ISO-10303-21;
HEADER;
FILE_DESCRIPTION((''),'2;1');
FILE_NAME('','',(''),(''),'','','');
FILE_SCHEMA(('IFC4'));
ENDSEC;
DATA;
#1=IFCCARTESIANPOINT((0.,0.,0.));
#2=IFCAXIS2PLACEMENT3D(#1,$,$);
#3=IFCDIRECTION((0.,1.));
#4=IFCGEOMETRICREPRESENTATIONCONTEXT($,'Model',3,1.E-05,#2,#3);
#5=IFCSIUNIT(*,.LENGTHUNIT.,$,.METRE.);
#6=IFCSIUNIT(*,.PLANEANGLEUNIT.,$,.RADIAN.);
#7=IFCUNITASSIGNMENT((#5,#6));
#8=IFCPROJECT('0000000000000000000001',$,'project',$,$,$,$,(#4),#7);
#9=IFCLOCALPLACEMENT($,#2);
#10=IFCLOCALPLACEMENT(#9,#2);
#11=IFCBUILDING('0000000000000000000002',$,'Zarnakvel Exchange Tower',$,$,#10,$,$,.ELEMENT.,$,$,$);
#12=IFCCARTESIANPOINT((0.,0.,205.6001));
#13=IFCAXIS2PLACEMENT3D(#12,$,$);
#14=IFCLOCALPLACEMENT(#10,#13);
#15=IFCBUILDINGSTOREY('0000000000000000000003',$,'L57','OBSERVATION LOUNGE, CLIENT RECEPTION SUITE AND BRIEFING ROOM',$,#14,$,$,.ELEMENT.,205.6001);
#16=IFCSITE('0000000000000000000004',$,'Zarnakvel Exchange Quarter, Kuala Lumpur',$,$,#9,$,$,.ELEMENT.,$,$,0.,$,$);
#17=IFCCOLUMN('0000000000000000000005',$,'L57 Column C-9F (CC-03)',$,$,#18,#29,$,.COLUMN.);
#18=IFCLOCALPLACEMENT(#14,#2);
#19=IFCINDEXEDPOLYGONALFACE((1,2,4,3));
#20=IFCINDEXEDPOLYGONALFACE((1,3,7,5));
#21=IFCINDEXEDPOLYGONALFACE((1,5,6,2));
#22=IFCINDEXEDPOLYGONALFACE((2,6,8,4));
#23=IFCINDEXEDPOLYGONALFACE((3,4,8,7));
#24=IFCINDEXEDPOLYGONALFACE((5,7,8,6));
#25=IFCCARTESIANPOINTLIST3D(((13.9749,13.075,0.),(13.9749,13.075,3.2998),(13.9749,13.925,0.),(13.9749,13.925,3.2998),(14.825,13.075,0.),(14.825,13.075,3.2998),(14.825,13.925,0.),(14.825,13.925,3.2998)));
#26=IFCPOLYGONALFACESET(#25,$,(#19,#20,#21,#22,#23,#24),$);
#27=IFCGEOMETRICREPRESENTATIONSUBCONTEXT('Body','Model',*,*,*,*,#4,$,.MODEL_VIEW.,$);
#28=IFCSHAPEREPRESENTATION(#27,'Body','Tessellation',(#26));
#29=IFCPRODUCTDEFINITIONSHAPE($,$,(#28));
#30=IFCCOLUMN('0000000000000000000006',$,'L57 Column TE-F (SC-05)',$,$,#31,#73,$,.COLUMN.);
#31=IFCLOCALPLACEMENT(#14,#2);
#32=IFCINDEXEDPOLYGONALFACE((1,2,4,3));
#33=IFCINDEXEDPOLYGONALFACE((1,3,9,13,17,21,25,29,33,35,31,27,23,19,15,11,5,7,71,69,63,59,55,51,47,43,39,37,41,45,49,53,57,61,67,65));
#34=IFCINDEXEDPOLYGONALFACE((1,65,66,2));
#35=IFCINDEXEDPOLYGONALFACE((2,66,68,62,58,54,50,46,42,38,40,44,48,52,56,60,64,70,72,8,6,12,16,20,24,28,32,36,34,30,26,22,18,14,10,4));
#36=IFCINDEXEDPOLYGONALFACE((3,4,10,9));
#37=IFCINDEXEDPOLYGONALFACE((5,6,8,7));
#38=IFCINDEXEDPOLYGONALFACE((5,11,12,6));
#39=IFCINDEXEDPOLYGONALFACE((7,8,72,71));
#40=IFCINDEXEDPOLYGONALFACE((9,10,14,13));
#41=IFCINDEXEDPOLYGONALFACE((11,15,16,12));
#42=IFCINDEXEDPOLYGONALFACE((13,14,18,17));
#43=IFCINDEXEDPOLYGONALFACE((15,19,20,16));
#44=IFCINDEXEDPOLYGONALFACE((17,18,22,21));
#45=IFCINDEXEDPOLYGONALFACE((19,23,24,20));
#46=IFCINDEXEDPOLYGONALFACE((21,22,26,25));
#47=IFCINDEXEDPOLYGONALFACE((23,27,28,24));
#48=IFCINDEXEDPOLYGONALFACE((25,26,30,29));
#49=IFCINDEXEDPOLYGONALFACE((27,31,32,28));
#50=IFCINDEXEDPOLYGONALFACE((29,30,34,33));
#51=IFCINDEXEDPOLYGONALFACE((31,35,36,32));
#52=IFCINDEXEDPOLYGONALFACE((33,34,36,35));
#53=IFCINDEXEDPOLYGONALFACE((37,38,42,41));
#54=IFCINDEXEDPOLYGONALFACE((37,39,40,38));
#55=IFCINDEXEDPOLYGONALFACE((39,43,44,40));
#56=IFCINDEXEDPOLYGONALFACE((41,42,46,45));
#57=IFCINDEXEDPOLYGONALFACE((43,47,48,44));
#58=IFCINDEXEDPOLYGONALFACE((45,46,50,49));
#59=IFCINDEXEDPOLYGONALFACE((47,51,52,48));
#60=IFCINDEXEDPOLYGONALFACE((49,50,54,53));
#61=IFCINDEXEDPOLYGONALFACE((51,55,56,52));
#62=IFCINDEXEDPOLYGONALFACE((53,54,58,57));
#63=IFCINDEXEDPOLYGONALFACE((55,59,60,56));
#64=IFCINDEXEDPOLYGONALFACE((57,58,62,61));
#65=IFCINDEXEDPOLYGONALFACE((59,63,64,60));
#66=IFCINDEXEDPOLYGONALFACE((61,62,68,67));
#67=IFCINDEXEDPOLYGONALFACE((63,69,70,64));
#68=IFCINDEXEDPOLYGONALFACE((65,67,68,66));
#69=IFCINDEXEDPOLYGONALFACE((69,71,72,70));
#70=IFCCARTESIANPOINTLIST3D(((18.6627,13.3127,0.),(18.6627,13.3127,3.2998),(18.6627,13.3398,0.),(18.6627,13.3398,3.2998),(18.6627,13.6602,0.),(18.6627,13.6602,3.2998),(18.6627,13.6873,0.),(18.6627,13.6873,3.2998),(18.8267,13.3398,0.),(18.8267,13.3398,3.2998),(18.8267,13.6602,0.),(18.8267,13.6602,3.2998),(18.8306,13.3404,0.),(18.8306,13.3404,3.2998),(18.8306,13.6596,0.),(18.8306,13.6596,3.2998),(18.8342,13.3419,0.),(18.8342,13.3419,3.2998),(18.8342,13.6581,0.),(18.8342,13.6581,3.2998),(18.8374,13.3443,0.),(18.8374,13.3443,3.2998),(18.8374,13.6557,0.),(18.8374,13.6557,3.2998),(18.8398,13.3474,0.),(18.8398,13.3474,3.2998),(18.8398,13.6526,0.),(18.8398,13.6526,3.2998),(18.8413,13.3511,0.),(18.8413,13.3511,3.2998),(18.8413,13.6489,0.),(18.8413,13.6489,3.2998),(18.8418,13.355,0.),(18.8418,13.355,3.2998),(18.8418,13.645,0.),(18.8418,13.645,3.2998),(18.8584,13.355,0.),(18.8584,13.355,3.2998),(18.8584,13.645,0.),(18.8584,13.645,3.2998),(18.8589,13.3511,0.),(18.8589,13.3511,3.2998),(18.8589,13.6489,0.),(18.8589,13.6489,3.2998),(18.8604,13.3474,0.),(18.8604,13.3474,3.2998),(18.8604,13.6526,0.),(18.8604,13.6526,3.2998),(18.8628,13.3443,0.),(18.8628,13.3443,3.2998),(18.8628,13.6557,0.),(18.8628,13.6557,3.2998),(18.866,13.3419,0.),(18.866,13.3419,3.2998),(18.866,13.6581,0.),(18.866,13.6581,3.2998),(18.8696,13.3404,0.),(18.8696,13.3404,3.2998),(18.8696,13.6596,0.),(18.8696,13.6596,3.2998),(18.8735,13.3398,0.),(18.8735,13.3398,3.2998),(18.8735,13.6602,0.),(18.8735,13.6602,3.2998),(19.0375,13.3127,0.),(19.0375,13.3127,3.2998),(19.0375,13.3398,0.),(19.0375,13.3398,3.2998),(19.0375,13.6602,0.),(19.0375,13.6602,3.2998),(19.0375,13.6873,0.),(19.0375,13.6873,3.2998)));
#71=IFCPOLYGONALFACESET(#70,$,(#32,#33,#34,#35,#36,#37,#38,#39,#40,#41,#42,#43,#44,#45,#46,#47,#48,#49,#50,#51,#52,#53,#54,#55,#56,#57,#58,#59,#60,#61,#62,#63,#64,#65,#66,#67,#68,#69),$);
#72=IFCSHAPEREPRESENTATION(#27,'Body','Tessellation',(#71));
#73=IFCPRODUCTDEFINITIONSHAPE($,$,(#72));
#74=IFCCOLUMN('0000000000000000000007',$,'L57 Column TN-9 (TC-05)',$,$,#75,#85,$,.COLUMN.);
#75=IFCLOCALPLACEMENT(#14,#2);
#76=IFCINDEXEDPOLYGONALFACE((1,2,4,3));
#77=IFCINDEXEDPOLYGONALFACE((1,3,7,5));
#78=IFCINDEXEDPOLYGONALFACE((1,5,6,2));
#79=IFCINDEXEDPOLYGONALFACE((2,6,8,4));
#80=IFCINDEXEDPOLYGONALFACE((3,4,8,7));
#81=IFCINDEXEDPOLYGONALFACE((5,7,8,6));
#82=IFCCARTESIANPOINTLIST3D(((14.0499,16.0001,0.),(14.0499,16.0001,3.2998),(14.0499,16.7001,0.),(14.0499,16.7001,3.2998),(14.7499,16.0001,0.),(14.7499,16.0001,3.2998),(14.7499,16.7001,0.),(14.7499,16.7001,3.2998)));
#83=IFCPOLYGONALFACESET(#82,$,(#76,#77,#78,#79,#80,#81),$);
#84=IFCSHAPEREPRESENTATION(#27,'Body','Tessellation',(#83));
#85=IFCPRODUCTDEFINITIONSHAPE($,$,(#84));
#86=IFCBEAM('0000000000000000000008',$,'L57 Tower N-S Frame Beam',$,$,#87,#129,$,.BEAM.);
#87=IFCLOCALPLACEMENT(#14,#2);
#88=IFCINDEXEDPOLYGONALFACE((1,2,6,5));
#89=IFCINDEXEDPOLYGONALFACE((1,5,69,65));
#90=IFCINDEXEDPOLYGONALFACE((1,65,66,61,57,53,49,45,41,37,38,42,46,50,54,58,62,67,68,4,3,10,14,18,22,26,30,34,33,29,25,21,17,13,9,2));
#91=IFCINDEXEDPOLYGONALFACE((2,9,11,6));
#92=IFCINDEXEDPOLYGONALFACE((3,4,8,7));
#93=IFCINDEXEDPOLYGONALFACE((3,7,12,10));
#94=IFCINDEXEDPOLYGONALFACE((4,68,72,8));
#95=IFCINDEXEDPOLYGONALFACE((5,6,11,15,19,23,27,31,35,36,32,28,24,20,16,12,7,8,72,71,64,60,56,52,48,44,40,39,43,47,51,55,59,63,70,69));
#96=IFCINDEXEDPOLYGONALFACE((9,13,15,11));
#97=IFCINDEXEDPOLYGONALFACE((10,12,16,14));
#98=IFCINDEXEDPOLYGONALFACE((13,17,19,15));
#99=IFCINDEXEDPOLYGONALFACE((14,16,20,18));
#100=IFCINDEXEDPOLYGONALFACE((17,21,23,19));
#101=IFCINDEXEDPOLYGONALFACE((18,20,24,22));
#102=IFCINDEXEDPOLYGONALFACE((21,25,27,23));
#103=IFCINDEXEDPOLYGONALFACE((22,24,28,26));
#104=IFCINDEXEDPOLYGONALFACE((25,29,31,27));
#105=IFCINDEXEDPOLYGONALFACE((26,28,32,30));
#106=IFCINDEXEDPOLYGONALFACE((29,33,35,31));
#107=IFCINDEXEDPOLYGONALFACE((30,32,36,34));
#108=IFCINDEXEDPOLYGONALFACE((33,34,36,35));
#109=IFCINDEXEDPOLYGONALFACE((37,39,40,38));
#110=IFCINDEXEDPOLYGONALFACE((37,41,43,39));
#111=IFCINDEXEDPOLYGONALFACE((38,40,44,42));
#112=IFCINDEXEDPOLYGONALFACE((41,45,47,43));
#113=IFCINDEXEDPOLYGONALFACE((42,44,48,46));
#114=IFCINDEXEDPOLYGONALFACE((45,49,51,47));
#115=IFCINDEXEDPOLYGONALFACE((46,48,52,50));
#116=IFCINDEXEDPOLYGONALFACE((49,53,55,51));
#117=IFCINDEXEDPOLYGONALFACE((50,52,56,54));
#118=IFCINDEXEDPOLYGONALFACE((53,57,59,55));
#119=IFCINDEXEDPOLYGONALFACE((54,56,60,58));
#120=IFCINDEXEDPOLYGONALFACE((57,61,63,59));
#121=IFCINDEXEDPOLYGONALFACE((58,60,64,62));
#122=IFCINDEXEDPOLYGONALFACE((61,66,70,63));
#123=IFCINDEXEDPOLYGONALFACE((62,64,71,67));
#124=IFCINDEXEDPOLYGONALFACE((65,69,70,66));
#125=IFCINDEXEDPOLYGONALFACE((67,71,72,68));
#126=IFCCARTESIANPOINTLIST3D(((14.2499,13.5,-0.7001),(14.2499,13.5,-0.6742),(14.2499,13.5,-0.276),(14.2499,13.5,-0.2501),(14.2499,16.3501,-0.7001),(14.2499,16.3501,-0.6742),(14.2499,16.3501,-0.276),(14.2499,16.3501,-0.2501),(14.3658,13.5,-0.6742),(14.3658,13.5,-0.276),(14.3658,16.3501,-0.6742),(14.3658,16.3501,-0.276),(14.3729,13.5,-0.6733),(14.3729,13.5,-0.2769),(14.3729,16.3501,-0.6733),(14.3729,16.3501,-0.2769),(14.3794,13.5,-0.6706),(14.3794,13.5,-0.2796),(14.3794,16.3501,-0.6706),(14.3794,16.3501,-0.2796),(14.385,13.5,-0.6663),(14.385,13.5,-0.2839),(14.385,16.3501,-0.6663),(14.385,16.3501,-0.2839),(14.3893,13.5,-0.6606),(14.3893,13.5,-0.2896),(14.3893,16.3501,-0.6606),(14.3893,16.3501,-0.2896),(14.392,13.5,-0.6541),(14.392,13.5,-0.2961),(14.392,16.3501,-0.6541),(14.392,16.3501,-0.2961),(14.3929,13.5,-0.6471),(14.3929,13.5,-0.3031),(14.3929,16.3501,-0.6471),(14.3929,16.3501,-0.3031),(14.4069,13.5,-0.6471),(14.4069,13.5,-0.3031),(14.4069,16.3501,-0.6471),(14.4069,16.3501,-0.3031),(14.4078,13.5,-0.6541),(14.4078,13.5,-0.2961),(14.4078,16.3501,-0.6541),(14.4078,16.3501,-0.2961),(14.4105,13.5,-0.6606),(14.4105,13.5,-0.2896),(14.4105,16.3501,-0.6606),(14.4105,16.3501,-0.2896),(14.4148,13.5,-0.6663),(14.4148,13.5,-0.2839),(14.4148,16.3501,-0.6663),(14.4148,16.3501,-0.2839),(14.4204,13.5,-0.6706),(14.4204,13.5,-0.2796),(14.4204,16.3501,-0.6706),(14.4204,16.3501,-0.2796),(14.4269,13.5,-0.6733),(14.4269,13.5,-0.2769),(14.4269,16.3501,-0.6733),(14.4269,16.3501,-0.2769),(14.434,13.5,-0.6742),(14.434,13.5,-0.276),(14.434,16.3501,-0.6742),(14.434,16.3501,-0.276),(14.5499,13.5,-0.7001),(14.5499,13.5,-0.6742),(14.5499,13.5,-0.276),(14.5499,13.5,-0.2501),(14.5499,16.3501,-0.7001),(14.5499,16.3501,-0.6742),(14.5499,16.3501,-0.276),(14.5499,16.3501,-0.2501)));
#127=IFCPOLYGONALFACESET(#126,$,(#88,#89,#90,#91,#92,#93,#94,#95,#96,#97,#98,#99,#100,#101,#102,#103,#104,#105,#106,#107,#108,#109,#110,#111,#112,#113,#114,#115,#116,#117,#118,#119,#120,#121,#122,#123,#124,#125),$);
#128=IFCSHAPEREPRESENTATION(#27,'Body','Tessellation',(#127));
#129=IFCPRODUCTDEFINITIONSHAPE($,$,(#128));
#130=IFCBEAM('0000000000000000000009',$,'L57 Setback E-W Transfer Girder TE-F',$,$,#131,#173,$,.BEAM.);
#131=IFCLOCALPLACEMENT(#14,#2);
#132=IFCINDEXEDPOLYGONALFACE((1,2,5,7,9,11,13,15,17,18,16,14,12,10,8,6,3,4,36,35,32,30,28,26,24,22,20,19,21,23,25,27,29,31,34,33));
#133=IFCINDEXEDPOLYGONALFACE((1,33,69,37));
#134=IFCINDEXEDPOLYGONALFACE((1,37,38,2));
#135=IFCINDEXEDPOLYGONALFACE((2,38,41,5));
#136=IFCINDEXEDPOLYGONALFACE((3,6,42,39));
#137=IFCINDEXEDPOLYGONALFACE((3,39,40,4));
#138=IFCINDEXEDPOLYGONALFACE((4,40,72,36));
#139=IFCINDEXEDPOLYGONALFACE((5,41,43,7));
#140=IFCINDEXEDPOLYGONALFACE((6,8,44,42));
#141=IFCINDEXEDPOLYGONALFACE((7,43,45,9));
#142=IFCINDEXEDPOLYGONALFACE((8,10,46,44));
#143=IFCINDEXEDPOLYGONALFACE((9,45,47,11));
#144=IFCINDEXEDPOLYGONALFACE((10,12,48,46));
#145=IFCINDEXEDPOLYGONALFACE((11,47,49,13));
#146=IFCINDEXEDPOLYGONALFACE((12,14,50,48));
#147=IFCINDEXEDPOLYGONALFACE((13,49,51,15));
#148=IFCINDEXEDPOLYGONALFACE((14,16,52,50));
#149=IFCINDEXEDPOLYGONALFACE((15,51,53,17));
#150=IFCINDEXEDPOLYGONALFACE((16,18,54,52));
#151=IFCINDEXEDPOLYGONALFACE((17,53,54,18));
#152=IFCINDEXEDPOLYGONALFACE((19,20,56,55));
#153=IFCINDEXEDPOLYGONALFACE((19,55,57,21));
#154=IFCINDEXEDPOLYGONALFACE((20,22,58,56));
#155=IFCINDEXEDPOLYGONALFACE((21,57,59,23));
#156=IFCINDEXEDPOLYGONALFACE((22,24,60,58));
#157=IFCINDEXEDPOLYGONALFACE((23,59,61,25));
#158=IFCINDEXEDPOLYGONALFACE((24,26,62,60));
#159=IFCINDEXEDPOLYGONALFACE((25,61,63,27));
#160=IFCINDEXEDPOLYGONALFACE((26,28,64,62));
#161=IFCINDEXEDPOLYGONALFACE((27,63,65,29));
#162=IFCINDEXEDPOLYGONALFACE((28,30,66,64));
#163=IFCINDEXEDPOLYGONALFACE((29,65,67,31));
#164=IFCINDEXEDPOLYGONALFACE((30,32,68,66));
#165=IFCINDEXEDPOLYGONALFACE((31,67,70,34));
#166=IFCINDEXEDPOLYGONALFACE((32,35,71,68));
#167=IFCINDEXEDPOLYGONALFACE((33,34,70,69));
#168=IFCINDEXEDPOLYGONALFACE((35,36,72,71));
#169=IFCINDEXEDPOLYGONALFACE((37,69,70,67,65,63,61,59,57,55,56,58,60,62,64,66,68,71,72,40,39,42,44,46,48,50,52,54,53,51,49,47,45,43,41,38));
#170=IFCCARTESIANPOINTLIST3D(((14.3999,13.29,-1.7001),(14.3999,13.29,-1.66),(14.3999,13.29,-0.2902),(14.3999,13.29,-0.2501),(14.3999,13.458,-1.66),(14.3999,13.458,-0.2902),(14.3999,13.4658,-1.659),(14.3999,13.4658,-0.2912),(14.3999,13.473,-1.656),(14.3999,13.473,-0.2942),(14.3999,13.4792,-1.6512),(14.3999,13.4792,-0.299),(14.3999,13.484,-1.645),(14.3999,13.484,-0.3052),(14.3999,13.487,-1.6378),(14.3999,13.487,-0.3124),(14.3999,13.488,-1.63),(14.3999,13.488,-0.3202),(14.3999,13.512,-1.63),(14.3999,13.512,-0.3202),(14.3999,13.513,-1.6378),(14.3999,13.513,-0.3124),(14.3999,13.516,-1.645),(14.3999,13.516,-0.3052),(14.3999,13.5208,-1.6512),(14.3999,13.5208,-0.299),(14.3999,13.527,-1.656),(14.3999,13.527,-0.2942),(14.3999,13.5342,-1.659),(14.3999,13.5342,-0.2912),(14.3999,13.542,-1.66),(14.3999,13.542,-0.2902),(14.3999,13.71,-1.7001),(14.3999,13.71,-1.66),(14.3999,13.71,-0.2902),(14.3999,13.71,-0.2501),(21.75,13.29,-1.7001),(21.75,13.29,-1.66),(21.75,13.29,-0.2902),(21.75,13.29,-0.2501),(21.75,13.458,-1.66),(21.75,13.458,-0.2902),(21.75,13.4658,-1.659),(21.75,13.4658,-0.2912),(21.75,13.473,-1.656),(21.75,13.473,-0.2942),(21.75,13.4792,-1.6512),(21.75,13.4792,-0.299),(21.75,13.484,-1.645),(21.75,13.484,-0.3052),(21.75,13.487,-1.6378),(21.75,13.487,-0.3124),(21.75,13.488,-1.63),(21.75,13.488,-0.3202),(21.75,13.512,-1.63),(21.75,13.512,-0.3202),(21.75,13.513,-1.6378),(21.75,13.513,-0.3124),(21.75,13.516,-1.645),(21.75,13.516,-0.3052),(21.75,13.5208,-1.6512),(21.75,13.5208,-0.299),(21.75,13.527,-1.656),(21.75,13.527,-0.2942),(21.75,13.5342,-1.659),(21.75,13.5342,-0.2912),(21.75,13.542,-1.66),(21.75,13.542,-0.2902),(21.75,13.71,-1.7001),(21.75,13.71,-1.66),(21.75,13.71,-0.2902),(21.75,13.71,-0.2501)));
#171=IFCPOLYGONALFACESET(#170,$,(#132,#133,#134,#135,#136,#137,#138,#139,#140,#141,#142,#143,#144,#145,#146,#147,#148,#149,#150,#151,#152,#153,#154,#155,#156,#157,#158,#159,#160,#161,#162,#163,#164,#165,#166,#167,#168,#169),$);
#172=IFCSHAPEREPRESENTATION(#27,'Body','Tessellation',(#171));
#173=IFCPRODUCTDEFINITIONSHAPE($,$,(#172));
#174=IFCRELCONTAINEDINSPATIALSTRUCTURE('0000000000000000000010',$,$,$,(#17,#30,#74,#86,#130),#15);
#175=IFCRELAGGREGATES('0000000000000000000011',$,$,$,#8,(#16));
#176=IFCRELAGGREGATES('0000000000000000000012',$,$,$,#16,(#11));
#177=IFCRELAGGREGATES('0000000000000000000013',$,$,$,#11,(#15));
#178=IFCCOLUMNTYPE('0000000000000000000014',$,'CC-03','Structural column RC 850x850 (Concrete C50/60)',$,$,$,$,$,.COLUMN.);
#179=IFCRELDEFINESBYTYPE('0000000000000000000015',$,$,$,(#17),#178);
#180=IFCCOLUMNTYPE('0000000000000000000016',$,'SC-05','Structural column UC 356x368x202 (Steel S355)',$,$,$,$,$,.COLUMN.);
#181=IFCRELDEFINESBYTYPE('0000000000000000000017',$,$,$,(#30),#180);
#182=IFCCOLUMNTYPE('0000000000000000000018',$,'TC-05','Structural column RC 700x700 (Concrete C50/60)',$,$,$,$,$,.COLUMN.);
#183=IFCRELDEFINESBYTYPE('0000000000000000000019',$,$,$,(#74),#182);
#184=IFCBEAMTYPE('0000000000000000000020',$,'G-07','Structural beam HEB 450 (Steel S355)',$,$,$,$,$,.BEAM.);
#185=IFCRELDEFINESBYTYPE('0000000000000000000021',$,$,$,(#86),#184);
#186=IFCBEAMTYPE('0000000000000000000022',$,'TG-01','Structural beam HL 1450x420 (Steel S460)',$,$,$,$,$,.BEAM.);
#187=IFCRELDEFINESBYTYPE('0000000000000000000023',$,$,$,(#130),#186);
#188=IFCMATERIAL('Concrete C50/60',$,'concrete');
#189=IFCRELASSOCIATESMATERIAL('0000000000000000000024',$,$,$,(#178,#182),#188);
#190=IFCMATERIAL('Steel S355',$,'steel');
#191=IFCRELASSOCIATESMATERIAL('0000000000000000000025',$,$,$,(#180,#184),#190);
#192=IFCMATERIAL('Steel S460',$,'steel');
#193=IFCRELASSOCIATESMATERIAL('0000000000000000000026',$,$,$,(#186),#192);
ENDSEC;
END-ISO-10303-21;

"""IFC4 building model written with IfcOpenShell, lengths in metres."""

from ifc_helpers import new_model, si_unit, direction, frame, origin, origin_2d, place, context, subcontext, project, spatial, rectangle, i_section, extrude, material, material_profile, profile_set, type_object, element, save


model = new_model("IFC4")

# Units and contexts
model_context = context("Model", 3, precision=1e-05, world=origin(), true_north=direction((0.0, 1.0)))
body_context = subcontext(model_context, "Body", "Model", "MODEL_VIEW")
ifc_project = project(units=[si_unit("LENGTHUNIT", "METRE"), si_unit("PLANEANGLEUNIT", "RADIAN")], contexts=[model_context])

# Site, building, storey
site_placement = place(None, origin())
site = spatial("IfcSite", under=ifc_project, at=site_placement, Name="Zarnakvel Exchange Quarter, Kuala Lumpur", CompositionType="ELEMENT", RefElevation=0.0)
building_placement = place(site_placement, origin())
building = spatial("IfcBuilding", under=site, at=building_placement, Name="Zarnakvel Exchange Tower", CompositionType="ELEMENT")
storey_placement = place(building_placement, frame((0.0, 0.0, 205.6001)))
storey = spatial("IfcBuildingStorey", under=building, at=storey_placement, Name="L57", Description="OBSERVATION LOUNGE, CLIENT RECEPTION SUITE AND BRIEFING ROOM", CompositionType="ELEMENT", Elevation=205.6001)

# Columns
ifc_material_1 = material(Name="Concrete C50/60", Category="concrete")
ifc_material_profile_1 = material_profile(ifc_material_1, rectangle(XDim=0.8501, YDim=0.8501, at=origin_2d()))
ifc_profile_set_1 = profile_set([ifc_material_profile_1], Name="Concrete C50/60")
column_type_1 = type_object("IfcColumnType", Name="CC-03", Description="Structural column RC 850x850 (Concrete C50/60)", PredefinedType="COLUMN", material=ifc_profile_set_1)
column_1_placement = place(storey_placement, frame((14.3999, 13.5, 0.0), z_axis=(0.0, 0.0, 1.0), x_axis=(1.0, 0.0, 0.0)))
element("IfcColumn", 1, at=column_1_placement, inside=storey, type_object=column_type_1, Name="L57 Column C-9F (CC-03)", PredefinedType="COLUMN", context=body_context, shape_type="SweptSolid", body=[
    extrude(rectangle(XDim=0.8501, YDim=0.8501, at=origin_2d()), origin(), (0.0, 0.0, 1.0), 3.2998),
])
ifc_material_2 = material(Name="Steel S355", Category="steel")
ifc_material_profile_2 = material_profile(ifc_material_2, i_section(OverallWidth=0.3748, OverallDepth=0.3745, WebThickness=0.0166, FlangeThickness=0.0271, FilletRadius=0.0151, at=origin_2d()))
ifc_profile_set_2 = profile_set([ifc_material_profile_2], Name="Steel S355")
column_type_2 = type_object("IfcColumnType", Name="SC-05", Description="Structural column UC 356x368x202 (Steel S355)", PredefinedType="COLUMN", material=ifc_profile_set_2)
column_2_placement = place(storey_placement, frame((18.8501, 13.5, 0.0), z_axis=(0.0, 0.0, 1.0), x_axis=(1.0, 0.0, 0.0)))
element("IfcColumn", 2, at=column_2_placement, inside=storey, type_object=column_type_2, Name="L57 Column TE-F (SC-05)", PredefinedType="COLUMN", context=body_context, shape_type="SweptSolid", body=[
    extrude(i_section(OverallWidth=0.3748, OverallDepth=0.3745, WebThickness=0.0166, FlangeThickness=0.0271, FilletRadius=0.0151, at=origin_2d()), origin(), (0.0, 0.0, 1.0), 3.2998),
])
ifc_material_profile_3 = material_profile(ifc_material_1, rectangle(XDim=0.7, YDim=0.7, at=origin_2d()))
ifc_profile_set_3 = profile_set([ifc_material_profile_3], Name="Concrete C50/60")
column_type_3 = type_object("IfcColumnType", Name="TC-05", Description="Structural column RC 700x700 (Concrete C50/60)", PredefinedType="COLUMN", material=ifc_profile_set_3)
column_3_placement = place(storey_placement, frame((14.3999, 16.3501, 0.0), z_axis=(0.0, 0.0, 1.0), x_axis=(1.0, 0.0, 0.0)))
element("IfcColumn", 3, at=column_3_placement, inside=storey, type_object=column_type_3, Name="L57 Column TN-9 (TC-05)", PredefinedType="COLUMN", context=body_context, shape_type="SweptSolid", body=[
    extrude(rectangle(XDim=0.7, YDim=0.7, at=origin_2d()), origin(), (0.0, 0.0, 1.0), 3.2998),
])

# Beams
ifc_material_profile_4 = material_profile(ifc_material_2, i_section(OverallWidth=0.3, OverallDepth=0.45, WebThickness=0.0139, FlangeThickness=0.0259, FilletRadius=0.0271, at=origin_2d()))
ifc_profile_set_4 = profile_set([ifc_material_profile_4], Name="Steel S355")
beam_type_1 = type_object("IfcBeamType", Name="G-07", Description="Structural beam HEB 450 (Steel S355)", PredefinedType="BEAM", material=ifc_profile_set_4)
beam_1_placement = place(storey_placement, frame((14.3999, 13.5, -0.4751), z_axis=(0.0, 1.0, 0.0), x_axis=(-1.0, 0.0, 0.0)))
element("IfcBeam", 4, at=beam_1_placement, inside=storey, type_object=beam_type_1, Name="L57 Tower N-S Frame Beam", PredefinedType="BEAM", context=body_context, shape_type="SweptSolid", body=[
    extrude(i_section(OverallWidth=0.3, OverallDepth=0.45, WebThickness=0.0139, FlangeThickness=0.0259, FilletRadius=0.0271, at=origin_2d()), origin(), (0.0, 0.0, 1.0), 2.8501),
])
ifc_material_3 = material(Name="Steel S460", Category="steel")
ifc_material_profile_5 = material_profile(ifc_material_3, i_section(OverallWidth=0.4199, OverallDepth=1.45, WebThickness=0.0239, FlangeThickness=0.04, FilletRadius=0.03, at=origin_2d()))
ifc_profile_set_5 = profile_set([ifc_material_profile_5], Name="Steel S460")
beam_type_2 = type_object("IfcBeamType", Name="TG-01", Description="Structural beam HL 1450x420 (Steel S460)", PredefinedType="BEAM", material=ifc_profile_set_5)
beam_2_placement = place(storey_placement, frame((14.3999, 13.5, -0.9751), z_axis=(1.0, 0.0, 0.0), x_axis=(0.0, 1.0, 0.0)))
element("IfcBeam", 5, at=beam_2_placement, inside=storey, type_object=beam_type_2, Name="L57 Setback E-W Transfer Girder TE-F", PredefinedType="BEAM", context=body_context, shape_type="SweptSolid", body=[
    extrude(i_section(OverallWidth=0.4199, OverallDepth=1.45, WebThickness=0.0239, FlangeThickness=0.04, FilletRadius=0.03, at=origin_2d()), origin(), (0.0, 0.0, 1.0), 7.3501),
])

save(model, "model.ifc")
